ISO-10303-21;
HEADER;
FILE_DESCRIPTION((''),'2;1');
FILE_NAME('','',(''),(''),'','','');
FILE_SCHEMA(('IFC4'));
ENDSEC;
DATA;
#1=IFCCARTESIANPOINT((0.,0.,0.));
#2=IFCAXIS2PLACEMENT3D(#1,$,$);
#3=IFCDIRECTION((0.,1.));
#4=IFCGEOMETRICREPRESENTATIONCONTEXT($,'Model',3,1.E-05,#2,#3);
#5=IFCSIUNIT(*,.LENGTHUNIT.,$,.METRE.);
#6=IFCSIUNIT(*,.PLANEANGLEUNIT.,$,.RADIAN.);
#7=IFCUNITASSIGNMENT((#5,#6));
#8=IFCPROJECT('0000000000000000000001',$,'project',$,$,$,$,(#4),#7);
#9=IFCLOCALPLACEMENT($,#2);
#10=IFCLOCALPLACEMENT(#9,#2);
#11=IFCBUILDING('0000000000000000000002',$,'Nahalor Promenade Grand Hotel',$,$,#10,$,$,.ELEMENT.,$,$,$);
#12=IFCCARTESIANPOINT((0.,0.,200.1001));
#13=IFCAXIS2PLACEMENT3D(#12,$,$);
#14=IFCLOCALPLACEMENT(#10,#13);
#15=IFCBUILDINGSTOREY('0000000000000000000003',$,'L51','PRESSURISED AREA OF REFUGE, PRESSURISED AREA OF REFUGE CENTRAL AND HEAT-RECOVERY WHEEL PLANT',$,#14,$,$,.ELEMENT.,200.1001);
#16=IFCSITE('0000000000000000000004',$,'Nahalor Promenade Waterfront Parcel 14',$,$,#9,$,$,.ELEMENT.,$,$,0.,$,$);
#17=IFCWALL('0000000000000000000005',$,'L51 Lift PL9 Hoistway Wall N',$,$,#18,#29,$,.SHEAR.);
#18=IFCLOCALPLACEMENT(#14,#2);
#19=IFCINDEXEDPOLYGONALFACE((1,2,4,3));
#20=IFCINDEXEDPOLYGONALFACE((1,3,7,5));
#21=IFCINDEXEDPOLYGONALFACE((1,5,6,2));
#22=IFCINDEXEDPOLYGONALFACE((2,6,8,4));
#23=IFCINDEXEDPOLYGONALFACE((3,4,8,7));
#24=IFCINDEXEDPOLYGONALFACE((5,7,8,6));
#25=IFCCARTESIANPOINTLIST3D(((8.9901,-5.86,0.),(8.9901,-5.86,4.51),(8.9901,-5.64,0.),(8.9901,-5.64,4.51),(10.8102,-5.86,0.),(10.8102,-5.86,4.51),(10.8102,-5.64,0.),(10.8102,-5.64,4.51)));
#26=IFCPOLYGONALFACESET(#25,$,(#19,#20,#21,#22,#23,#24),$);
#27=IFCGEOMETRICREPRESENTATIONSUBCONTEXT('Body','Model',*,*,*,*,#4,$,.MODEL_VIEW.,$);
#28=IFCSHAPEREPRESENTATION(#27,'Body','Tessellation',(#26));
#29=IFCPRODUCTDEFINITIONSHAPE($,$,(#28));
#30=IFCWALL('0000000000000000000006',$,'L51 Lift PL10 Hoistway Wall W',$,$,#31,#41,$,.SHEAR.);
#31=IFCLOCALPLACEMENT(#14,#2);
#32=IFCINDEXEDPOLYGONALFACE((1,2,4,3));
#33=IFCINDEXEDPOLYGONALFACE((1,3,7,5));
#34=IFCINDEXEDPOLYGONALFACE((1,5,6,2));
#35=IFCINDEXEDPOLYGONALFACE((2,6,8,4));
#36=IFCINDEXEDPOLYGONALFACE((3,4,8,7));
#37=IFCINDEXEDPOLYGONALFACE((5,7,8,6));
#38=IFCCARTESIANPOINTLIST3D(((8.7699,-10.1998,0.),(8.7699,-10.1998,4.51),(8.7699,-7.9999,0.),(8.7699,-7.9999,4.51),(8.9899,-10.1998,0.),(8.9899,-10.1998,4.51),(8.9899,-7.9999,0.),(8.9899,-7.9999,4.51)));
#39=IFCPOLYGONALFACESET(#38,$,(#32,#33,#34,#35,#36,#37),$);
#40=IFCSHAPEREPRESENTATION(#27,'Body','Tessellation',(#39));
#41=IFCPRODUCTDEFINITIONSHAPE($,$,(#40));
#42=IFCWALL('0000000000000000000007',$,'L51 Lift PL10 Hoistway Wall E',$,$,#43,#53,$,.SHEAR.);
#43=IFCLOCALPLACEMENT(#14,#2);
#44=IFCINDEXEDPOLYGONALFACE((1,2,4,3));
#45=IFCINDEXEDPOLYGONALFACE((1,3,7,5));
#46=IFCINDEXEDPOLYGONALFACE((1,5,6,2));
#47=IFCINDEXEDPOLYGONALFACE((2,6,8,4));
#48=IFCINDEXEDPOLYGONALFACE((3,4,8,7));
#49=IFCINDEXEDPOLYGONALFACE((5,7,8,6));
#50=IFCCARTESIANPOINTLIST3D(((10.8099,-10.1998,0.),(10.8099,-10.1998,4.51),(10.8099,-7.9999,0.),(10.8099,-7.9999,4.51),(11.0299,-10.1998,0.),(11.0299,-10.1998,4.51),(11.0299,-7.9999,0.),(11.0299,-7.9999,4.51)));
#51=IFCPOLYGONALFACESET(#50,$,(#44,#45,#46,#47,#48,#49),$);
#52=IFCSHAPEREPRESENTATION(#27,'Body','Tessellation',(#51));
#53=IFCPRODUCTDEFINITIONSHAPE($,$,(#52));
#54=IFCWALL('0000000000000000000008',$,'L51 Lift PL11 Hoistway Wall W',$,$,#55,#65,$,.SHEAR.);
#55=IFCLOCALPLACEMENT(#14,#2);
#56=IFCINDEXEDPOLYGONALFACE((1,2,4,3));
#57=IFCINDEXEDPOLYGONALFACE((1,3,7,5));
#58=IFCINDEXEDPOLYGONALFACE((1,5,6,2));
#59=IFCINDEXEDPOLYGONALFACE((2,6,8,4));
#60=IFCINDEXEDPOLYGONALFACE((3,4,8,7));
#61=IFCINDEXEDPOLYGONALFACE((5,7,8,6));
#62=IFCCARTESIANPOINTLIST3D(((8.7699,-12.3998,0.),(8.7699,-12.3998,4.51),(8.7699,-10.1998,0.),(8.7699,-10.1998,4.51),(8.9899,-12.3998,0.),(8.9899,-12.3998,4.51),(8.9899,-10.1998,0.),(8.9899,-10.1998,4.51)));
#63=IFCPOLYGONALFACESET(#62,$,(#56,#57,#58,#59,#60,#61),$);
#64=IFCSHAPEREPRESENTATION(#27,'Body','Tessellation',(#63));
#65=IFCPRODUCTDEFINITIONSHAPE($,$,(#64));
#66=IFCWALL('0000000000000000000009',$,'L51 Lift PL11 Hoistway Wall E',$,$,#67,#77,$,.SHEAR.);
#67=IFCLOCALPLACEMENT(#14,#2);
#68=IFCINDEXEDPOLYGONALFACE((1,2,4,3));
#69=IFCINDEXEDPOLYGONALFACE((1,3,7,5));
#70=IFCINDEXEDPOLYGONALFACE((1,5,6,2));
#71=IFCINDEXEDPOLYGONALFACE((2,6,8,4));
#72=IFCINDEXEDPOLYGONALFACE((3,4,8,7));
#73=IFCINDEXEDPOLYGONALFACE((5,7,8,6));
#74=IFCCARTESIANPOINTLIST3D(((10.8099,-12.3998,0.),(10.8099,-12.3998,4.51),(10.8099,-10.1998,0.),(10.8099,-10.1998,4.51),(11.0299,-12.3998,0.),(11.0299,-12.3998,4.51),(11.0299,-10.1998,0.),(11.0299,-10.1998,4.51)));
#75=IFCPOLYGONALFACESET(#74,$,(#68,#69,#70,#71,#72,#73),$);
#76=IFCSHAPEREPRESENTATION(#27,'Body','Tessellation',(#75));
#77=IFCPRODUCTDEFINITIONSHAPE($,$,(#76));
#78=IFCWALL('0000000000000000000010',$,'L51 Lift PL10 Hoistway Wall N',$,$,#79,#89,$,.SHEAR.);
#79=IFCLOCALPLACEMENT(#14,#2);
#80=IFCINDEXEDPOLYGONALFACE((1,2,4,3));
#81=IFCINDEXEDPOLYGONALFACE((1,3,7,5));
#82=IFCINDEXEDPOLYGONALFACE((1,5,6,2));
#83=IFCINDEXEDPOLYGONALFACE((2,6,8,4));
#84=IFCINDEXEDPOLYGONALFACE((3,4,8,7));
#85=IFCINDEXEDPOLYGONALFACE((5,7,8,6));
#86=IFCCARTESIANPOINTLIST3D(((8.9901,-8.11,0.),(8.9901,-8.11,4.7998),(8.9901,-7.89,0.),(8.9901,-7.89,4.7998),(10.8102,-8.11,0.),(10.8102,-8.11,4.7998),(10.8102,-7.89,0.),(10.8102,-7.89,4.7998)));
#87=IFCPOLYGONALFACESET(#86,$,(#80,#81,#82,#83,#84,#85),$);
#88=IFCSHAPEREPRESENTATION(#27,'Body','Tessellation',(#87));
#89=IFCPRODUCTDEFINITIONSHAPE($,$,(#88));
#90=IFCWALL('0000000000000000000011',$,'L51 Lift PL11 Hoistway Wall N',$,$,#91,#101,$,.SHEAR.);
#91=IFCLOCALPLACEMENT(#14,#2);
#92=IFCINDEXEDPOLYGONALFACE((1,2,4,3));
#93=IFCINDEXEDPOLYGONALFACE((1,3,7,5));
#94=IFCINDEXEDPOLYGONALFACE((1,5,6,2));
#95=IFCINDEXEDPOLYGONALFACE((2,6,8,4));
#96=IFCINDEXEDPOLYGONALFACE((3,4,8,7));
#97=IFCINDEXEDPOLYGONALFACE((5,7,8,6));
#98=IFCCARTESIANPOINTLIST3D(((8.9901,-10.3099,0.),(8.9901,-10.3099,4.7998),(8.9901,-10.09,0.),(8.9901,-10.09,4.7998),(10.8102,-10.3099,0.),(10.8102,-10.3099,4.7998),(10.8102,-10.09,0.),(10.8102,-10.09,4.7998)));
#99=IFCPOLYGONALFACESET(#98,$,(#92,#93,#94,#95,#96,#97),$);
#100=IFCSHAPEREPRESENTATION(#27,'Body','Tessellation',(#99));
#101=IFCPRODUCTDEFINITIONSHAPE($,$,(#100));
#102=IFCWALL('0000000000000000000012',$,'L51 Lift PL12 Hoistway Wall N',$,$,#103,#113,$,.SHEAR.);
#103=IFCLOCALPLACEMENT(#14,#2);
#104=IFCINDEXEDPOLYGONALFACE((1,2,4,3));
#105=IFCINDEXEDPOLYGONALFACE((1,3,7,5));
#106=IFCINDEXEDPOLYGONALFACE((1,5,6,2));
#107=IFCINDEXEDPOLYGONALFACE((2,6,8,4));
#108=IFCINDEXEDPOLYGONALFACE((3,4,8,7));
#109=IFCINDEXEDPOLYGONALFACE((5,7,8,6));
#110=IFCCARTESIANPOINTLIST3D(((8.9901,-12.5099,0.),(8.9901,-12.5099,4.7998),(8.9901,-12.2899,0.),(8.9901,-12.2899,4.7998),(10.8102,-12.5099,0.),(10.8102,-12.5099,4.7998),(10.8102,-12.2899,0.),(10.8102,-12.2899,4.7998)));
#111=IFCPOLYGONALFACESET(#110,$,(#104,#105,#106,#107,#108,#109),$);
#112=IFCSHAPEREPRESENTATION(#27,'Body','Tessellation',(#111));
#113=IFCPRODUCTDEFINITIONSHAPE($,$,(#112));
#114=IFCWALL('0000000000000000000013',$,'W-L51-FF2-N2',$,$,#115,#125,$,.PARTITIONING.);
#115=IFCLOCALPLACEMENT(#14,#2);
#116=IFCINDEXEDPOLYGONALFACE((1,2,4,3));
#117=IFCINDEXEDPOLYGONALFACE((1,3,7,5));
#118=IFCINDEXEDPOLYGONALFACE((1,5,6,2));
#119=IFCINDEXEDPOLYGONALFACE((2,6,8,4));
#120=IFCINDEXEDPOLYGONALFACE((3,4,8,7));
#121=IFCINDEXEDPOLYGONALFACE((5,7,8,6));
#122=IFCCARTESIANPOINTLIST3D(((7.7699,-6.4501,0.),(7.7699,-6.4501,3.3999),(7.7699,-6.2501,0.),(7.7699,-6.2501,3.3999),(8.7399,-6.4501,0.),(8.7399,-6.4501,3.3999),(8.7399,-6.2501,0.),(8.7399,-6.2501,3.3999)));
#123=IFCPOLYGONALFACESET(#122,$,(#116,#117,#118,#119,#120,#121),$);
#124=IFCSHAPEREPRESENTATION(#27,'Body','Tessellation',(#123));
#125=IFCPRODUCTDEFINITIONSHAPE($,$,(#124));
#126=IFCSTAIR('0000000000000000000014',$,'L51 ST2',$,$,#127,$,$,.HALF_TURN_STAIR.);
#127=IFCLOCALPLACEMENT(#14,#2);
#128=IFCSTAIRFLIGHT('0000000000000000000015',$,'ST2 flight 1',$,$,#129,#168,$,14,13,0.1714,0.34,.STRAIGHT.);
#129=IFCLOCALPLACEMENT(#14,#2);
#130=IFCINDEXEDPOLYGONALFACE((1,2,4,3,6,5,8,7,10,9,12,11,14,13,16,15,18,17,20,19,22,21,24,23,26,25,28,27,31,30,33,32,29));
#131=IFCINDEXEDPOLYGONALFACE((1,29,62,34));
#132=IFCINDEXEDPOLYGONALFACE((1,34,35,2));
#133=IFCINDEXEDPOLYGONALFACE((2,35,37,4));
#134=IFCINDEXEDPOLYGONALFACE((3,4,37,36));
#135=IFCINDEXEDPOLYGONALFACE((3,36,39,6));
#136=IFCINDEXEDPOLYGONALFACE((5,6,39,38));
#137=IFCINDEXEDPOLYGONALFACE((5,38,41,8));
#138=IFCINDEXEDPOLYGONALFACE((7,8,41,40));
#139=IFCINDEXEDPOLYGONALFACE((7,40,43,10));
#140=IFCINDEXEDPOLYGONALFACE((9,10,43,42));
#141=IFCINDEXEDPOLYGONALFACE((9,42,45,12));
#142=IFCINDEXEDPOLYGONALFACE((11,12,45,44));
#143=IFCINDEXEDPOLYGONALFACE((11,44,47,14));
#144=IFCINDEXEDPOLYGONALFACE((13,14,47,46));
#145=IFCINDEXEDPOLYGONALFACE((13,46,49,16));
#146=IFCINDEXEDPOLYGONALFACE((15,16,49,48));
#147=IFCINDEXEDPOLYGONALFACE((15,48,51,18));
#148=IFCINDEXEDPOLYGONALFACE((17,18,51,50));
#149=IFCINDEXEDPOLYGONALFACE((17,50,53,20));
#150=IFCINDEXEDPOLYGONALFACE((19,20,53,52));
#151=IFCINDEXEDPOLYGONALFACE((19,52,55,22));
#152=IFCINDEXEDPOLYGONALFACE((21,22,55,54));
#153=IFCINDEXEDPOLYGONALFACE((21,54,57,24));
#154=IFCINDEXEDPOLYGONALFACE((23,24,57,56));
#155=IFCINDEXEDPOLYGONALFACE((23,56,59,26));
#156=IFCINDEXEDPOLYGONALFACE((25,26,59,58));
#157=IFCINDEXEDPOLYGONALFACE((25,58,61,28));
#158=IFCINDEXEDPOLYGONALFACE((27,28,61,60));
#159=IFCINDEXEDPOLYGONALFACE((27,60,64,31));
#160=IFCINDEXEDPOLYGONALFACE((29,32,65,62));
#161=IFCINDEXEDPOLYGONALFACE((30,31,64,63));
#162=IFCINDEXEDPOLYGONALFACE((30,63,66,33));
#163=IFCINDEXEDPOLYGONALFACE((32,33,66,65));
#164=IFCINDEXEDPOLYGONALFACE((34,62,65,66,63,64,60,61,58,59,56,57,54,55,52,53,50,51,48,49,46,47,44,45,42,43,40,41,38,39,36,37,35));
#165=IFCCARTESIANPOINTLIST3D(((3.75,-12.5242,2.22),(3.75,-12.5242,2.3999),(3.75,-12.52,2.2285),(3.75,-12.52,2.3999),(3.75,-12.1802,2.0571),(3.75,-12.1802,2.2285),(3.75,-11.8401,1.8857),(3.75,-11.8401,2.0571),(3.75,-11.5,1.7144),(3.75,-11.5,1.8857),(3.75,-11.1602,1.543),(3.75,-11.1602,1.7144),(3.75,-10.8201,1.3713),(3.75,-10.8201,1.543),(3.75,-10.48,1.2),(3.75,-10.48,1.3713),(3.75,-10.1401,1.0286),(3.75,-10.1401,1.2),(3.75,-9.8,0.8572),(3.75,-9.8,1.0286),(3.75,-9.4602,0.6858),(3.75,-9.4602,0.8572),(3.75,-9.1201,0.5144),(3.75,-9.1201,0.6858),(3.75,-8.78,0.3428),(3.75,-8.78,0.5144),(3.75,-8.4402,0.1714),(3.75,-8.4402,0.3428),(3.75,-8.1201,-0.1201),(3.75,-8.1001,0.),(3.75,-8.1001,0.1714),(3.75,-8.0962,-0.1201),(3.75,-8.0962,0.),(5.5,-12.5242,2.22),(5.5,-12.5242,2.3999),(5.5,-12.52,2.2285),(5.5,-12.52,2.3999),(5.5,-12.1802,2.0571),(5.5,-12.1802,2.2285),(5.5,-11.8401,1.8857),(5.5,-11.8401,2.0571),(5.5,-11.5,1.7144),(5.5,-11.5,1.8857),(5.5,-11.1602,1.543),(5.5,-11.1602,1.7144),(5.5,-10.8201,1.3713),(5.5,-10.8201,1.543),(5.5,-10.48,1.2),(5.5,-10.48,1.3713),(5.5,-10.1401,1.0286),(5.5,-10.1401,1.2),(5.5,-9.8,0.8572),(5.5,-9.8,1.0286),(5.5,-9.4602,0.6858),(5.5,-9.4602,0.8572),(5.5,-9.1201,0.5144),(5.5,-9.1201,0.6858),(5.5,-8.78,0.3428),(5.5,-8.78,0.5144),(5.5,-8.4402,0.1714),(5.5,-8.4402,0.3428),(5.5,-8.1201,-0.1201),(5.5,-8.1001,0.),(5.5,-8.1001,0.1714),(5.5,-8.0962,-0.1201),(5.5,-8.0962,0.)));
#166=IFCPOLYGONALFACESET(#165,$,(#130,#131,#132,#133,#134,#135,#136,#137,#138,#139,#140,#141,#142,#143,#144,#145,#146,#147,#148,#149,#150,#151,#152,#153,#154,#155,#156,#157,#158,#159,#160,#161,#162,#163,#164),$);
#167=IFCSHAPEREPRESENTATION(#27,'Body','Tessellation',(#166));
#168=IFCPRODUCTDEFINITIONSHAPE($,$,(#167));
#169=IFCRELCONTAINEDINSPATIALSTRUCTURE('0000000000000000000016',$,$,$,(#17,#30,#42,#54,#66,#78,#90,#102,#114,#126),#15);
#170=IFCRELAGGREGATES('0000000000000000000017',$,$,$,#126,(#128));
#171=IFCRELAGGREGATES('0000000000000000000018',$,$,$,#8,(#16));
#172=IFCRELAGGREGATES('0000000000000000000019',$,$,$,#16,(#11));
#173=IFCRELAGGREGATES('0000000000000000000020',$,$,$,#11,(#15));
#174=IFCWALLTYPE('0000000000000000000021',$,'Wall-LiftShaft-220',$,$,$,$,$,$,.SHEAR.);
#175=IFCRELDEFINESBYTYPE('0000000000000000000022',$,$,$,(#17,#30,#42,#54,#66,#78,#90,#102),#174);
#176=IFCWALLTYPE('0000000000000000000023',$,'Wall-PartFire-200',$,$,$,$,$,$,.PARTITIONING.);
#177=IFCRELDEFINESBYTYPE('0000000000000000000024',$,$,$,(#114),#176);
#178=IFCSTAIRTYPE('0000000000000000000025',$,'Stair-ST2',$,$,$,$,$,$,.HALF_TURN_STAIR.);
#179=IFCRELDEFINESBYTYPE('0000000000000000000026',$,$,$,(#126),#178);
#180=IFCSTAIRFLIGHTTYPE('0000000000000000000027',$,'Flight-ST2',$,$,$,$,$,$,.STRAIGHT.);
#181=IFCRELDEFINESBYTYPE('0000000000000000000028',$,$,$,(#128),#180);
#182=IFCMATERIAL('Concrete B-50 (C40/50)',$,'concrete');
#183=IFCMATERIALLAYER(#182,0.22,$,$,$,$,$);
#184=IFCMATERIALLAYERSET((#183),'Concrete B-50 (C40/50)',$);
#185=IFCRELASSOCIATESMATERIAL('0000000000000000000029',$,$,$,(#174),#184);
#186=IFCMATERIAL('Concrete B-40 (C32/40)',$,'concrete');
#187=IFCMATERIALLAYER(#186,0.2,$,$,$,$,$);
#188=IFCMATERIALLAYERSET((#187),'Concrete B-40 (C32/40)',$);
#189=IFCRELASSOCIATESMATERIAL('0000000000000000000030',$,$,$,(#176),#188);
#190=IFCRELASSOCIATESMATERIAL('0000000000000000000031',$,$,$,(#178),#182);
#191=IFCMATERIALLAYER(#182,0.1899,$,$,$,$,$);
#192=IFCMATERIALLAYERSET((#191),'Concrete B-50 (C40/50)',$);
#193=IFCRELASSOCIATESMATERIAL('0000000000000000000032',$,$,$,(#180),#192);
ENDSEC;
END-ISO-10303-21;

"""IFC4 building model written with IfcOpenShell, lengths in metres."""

from ifc_helpers import new_model, si_unit, direction, frame, frame_2d, origin, place, context, subcontext, project, spatial, polyline, rectangle, outline, extrude, source, transform, mapped, material, layer, layer_set, type_object, element, aggregate, save


model = new_model("IFC4")

# Units and contexts
model_context = context("Model", 3, precision=1e-05, world=origin(), true_north=direction((0.0, 1.0)))
body_context = subcontext(model_context, "Body", "Model", "MODEL_VIEW")
ifc_project = project(units=[si_unit("LENGTHUNIT", "METRE"), si_unit("PLANEANGLEUNIT", "RADIAN")], contexts=[model_context])

# Site, building, storey
site_placement = place(None, origin())
site = spatial("IfcSite", under=ifc_project, at=site_placement, Name="Nahalor Promenade Waterfront Parcel 14", CompositionType="ELEMENT", RefElevation=0.0)
building_placement = place(site_placement, origin())
building = spatial("IfcBuilding", under=site, at=building_placement, Name="Nahalor Promenade Grand Hotel", CompositionType="ELEMENT")
storey_placement = place(building_placement, frame((0.0, 0.0, 200.1001)))
storey = spatial("IfcBuildingStorey", under=building, at=storey_placement, Name="L51", Description="PRESSURISED AREA OF REFUGE, PRESSURISED AREA OF REFUGE CENTRAL AND HEAT-RECOVERY WHEEL PLANT", CompositionType="ELEMENT", Elevation=200.1001)

# Walls
ifc_material_1 = material(Name="Concrete B-50 (C40/50)", Category="concrete")
ifc_layer_1 = layer(ifc_material_1, 0.22)
ifc_layer_set_1 = layer_set([ifc_layer_1], Name="Concrete B-50 (C40/50)")
wall_type_1 = type_object("IfcWallType", Name="Wall-LiftShaft-220", PredefinedType="SHEAR", material=ifc_layer_set_1)
shared_shape_1 = source(origin(), body_context, "Body", "SweptSolid", [
    extrude(rectangle(XDim=1.8201, YDim=0.22, at=frame_2d((0.9102, 0.0))), origin(), (0.0, 0.0, 1.0), 4.51),
])
wall_1_placement = place(storey_placement, frame((8.99, -5.75, 0.0), z_axis=(0.0, 0.0, 1.0), x_axis=(1.0, 0.0, 0.0)))
element("IfcWall", 1, at=wall_1_placement, inside=storey, type_object=wall_type_1, Name="L51 Lift PL9 Hoistway Wall N", PredefinedType="SHEAR", context=body_context, shape_type="MappedRepresentation", body=[
    mapped(shared_shape_1, transform((0.0, 0.0, 0.0), scale=1.0)),
])
shared_shape_2 = source(origin(), body_context, "Body", "SweptSolid", [
    extrude(rectangle(XDim=2.2, YDim=0.22, at=frame_2d((1.1001, 0.0))), origin(), (0.0, 0.0, 1.0), 4.51),
])
for number, where, z_axis, x_axis, name in (
    (2, (8.8799, -10.2, 0.0), (0.0, 0.0, 1.0), (0.0, 1.0, 0.0), "L51 Lift PL10 Hoistway Wall W"),
    (3, (10.9199, -10.2, 0.0), (0.0, 0.0, 1.0), (0.0, 1.0, 0.0), "L51 Lift PL10 Hoistway Wall E"),
    (4, (8.8799, -12.3999, 0.0), (0.0, 0.0, 1.0), (0.0, 1.0, 0.0), "L51 Lift PL11 Hoistway Wall W"),
    (5, (10.9199, -12.3999, 0.0), (0.0, 0.0, 1.0), (0.0, 1.0, 0.0), "L51 Lift PL11 Hoistway Wall E"),
):
    element("IfcWall", number, at=place(storey_placement, frame(where, z_axis=z_axis, x_axis=x_axis)), inside=storey, type_object=wall_type_1, Name=name, PredefinedType="SHEAR", context=body_context, shape_type="MappedRepresentation", body=[
        mapped(shared_shape_2, transform((0.0, 0.0, 0.0), scale=1.0)),
    ])
shared_shape_3 = source(origin(), body_context, "Body", "SweptSolid", [
    extrude(rectangle(XDim=1.8201, YDim=0.22, at=frame_2d((0.9102, 0.0))), origin(), (0.0, 0.0, 1.0), 4.7998),
])
for number, where, z_axis, x_axis, name in (
    (6, (8.99, -8.0, 0.0), (0.0, 0.0, 1.0), (1.0, 0.0, 0.0), "L51 Lift PL10 Hoistway Wall N"),
    (7, (8.99, -10.2, 0.0), (0.0, 0.0, 1.0), (1.0, 0.0, 0.0), "L51 Lift PL11 Hoistway Wall N"),
    (8, (8.99, -12.3999, 0.0), (0.0, 0.0, 1.0), (1.0, 0.0, 0.0), "L51 Lift PL12 Hoistway Wall N"),
):
    element("IfcWall", number, at=place(storey_placement, frame(where, z_axis=z_axis, x_axis=x_axis)), inside=storey, type_object=wall_type_1, Name=name, PredefinedType="SHEAR", context=body_context, shape_type="MappedRepresentation", body=[
        mapped(shared_shape_3, transform((0.0, 0.0, 0.0), scale=1.0)),
    ])
ifc_material_2 = material(Name="Concrete B-40 (C32/40)", Category="concrete")
ifc_layer_2 = layer(ifc_material_2, 0.2)
ifc_layer_set_2 = layer_set([ifc_layer_2], Name="Concrete B-40 (C32/40)")
wall_type_2 = type_object("IfcWallType", Name="Wall-PartFire-200", PredefinedType="PARTITIONING", material=ifc_layer_set_2)
shared_shape_4 = source(origin(), body_context, "Body", "SweptSolid", [
    extrude(rectangle(XDim=0.97, YDim=0.2, at=frame_2d((0.4849, 0.0))), origin(), (0.0, 0.0, 1.0), 3.3999),
])
wall_2_placement = place(storey_placement, frame((7.77, -6.3501, 0.0), z_axis=(0.0, 0.0, 1.0), x_axis=(1.0, 0.0, 0.0)))
element("IfcWall", 9, at=wall_2_placement, inside=storey, type_object=wall_type_2, Name="W-L51-FF2-N2", PredefinedType="PARTITIONING", context=body_context, shape_type="MappedRepresentation", body=[
    mapped(shared_shape_4, transform((0.0, 0.0, 0.0), scale=1.0)),
])

# Stair, stair flight
stair_type = type_object("IfcStairType", Name="Stair-ST2", PredefinedType="HALF_TURN_STAIR", material=ifc_material_1)
stair_placement = place(storey_placement, origin())
stair = element("IfcStair", 10, at=stair_placement, inside=storey, type_object=stair_type, Name="L51 ST2", PredefinedType="HALF_TURN_STAIR")
ifc_layer_3 = layer(ifc_material_1, 0.1899)
ifc_layer_set_3 = layer_set([ifc_layer_3], Name="Concrete B-50 (C40/50)")
stair_flight_type = type_object("IfcStairFlightType", Name="Flight-ST2", PredefinedType="STRAIGHT", material=ifc_layer_set_3)
shared_shape_5 = source(origin(), body_context, "Body", "SweptSolid", [
    extrude(outline(polyline([(-0.0039, -0.1201), (-0.0039, 0.0), (0.0, 0.0), (0.0, 0.1714), (0.3401, 0.1714), (0.3401, 0.3428), (0.6799, 0.3428), (0.6799, 0.5144), (1.02, 0.5144), (1.02, 0.6858), (1.3601, 0.6858), (1.3601, 0.8572), (1.7, 0.8572), (1.7, 1.0286), (2.04, 1.0286), (2.04, 1.2), (2.3799, 1.2), (2.3799, 1.3713), (2.72, 1.3713), (2.72, 1.543), (3.0601, 1.543), (3.0601, 1.7144), (3.3999, 1.7144), (3.3999, 1.8857), (3.74, 1.8857), (3.74, 2.0571), (4.0801, 2.0571), (4.0801, 2.2285), (4.4199, 2.2285), (4.4199, 2.3999), (4.4241, 2.3999), (4.4241, 2.22), (0.02, -0.1201), (-0.0039, -0.1201)])), frame((0.0, 0.875, 0.0), z_axis=(0.0, -1.0, 0.0), x_axis=(1.0, 0.0, 0.0)), (0.0, 0.0, 1.0), 1.75),
])
stair_flight_1_placement = place(storey_placement, frame((4.625, -8.1001, 0.0), z_axis=(0.0, 0.0, 1.0), x_axis=(0.0, -1.0, 0.0)))
stair_flight_1 = element("IfcStairFlight", 11, at=stair_flight_1_placement, type_object=stair_flight_type, Name="ST2 flight 1", NumberOfRisers=14, NumberOfTreads=13, PredefinedType="STRAIGHT", RiserHeight=0.1714, TreadLength=0.34, context=body_context, shape_type="MappedRepresentation", body=[
    mapped(shared_shape_5, transform((0.0, 0.0, 0.0), scale=1.0)),
])
aggregate(stair, [stair_flight_1])

save(model, "model.ifc")
